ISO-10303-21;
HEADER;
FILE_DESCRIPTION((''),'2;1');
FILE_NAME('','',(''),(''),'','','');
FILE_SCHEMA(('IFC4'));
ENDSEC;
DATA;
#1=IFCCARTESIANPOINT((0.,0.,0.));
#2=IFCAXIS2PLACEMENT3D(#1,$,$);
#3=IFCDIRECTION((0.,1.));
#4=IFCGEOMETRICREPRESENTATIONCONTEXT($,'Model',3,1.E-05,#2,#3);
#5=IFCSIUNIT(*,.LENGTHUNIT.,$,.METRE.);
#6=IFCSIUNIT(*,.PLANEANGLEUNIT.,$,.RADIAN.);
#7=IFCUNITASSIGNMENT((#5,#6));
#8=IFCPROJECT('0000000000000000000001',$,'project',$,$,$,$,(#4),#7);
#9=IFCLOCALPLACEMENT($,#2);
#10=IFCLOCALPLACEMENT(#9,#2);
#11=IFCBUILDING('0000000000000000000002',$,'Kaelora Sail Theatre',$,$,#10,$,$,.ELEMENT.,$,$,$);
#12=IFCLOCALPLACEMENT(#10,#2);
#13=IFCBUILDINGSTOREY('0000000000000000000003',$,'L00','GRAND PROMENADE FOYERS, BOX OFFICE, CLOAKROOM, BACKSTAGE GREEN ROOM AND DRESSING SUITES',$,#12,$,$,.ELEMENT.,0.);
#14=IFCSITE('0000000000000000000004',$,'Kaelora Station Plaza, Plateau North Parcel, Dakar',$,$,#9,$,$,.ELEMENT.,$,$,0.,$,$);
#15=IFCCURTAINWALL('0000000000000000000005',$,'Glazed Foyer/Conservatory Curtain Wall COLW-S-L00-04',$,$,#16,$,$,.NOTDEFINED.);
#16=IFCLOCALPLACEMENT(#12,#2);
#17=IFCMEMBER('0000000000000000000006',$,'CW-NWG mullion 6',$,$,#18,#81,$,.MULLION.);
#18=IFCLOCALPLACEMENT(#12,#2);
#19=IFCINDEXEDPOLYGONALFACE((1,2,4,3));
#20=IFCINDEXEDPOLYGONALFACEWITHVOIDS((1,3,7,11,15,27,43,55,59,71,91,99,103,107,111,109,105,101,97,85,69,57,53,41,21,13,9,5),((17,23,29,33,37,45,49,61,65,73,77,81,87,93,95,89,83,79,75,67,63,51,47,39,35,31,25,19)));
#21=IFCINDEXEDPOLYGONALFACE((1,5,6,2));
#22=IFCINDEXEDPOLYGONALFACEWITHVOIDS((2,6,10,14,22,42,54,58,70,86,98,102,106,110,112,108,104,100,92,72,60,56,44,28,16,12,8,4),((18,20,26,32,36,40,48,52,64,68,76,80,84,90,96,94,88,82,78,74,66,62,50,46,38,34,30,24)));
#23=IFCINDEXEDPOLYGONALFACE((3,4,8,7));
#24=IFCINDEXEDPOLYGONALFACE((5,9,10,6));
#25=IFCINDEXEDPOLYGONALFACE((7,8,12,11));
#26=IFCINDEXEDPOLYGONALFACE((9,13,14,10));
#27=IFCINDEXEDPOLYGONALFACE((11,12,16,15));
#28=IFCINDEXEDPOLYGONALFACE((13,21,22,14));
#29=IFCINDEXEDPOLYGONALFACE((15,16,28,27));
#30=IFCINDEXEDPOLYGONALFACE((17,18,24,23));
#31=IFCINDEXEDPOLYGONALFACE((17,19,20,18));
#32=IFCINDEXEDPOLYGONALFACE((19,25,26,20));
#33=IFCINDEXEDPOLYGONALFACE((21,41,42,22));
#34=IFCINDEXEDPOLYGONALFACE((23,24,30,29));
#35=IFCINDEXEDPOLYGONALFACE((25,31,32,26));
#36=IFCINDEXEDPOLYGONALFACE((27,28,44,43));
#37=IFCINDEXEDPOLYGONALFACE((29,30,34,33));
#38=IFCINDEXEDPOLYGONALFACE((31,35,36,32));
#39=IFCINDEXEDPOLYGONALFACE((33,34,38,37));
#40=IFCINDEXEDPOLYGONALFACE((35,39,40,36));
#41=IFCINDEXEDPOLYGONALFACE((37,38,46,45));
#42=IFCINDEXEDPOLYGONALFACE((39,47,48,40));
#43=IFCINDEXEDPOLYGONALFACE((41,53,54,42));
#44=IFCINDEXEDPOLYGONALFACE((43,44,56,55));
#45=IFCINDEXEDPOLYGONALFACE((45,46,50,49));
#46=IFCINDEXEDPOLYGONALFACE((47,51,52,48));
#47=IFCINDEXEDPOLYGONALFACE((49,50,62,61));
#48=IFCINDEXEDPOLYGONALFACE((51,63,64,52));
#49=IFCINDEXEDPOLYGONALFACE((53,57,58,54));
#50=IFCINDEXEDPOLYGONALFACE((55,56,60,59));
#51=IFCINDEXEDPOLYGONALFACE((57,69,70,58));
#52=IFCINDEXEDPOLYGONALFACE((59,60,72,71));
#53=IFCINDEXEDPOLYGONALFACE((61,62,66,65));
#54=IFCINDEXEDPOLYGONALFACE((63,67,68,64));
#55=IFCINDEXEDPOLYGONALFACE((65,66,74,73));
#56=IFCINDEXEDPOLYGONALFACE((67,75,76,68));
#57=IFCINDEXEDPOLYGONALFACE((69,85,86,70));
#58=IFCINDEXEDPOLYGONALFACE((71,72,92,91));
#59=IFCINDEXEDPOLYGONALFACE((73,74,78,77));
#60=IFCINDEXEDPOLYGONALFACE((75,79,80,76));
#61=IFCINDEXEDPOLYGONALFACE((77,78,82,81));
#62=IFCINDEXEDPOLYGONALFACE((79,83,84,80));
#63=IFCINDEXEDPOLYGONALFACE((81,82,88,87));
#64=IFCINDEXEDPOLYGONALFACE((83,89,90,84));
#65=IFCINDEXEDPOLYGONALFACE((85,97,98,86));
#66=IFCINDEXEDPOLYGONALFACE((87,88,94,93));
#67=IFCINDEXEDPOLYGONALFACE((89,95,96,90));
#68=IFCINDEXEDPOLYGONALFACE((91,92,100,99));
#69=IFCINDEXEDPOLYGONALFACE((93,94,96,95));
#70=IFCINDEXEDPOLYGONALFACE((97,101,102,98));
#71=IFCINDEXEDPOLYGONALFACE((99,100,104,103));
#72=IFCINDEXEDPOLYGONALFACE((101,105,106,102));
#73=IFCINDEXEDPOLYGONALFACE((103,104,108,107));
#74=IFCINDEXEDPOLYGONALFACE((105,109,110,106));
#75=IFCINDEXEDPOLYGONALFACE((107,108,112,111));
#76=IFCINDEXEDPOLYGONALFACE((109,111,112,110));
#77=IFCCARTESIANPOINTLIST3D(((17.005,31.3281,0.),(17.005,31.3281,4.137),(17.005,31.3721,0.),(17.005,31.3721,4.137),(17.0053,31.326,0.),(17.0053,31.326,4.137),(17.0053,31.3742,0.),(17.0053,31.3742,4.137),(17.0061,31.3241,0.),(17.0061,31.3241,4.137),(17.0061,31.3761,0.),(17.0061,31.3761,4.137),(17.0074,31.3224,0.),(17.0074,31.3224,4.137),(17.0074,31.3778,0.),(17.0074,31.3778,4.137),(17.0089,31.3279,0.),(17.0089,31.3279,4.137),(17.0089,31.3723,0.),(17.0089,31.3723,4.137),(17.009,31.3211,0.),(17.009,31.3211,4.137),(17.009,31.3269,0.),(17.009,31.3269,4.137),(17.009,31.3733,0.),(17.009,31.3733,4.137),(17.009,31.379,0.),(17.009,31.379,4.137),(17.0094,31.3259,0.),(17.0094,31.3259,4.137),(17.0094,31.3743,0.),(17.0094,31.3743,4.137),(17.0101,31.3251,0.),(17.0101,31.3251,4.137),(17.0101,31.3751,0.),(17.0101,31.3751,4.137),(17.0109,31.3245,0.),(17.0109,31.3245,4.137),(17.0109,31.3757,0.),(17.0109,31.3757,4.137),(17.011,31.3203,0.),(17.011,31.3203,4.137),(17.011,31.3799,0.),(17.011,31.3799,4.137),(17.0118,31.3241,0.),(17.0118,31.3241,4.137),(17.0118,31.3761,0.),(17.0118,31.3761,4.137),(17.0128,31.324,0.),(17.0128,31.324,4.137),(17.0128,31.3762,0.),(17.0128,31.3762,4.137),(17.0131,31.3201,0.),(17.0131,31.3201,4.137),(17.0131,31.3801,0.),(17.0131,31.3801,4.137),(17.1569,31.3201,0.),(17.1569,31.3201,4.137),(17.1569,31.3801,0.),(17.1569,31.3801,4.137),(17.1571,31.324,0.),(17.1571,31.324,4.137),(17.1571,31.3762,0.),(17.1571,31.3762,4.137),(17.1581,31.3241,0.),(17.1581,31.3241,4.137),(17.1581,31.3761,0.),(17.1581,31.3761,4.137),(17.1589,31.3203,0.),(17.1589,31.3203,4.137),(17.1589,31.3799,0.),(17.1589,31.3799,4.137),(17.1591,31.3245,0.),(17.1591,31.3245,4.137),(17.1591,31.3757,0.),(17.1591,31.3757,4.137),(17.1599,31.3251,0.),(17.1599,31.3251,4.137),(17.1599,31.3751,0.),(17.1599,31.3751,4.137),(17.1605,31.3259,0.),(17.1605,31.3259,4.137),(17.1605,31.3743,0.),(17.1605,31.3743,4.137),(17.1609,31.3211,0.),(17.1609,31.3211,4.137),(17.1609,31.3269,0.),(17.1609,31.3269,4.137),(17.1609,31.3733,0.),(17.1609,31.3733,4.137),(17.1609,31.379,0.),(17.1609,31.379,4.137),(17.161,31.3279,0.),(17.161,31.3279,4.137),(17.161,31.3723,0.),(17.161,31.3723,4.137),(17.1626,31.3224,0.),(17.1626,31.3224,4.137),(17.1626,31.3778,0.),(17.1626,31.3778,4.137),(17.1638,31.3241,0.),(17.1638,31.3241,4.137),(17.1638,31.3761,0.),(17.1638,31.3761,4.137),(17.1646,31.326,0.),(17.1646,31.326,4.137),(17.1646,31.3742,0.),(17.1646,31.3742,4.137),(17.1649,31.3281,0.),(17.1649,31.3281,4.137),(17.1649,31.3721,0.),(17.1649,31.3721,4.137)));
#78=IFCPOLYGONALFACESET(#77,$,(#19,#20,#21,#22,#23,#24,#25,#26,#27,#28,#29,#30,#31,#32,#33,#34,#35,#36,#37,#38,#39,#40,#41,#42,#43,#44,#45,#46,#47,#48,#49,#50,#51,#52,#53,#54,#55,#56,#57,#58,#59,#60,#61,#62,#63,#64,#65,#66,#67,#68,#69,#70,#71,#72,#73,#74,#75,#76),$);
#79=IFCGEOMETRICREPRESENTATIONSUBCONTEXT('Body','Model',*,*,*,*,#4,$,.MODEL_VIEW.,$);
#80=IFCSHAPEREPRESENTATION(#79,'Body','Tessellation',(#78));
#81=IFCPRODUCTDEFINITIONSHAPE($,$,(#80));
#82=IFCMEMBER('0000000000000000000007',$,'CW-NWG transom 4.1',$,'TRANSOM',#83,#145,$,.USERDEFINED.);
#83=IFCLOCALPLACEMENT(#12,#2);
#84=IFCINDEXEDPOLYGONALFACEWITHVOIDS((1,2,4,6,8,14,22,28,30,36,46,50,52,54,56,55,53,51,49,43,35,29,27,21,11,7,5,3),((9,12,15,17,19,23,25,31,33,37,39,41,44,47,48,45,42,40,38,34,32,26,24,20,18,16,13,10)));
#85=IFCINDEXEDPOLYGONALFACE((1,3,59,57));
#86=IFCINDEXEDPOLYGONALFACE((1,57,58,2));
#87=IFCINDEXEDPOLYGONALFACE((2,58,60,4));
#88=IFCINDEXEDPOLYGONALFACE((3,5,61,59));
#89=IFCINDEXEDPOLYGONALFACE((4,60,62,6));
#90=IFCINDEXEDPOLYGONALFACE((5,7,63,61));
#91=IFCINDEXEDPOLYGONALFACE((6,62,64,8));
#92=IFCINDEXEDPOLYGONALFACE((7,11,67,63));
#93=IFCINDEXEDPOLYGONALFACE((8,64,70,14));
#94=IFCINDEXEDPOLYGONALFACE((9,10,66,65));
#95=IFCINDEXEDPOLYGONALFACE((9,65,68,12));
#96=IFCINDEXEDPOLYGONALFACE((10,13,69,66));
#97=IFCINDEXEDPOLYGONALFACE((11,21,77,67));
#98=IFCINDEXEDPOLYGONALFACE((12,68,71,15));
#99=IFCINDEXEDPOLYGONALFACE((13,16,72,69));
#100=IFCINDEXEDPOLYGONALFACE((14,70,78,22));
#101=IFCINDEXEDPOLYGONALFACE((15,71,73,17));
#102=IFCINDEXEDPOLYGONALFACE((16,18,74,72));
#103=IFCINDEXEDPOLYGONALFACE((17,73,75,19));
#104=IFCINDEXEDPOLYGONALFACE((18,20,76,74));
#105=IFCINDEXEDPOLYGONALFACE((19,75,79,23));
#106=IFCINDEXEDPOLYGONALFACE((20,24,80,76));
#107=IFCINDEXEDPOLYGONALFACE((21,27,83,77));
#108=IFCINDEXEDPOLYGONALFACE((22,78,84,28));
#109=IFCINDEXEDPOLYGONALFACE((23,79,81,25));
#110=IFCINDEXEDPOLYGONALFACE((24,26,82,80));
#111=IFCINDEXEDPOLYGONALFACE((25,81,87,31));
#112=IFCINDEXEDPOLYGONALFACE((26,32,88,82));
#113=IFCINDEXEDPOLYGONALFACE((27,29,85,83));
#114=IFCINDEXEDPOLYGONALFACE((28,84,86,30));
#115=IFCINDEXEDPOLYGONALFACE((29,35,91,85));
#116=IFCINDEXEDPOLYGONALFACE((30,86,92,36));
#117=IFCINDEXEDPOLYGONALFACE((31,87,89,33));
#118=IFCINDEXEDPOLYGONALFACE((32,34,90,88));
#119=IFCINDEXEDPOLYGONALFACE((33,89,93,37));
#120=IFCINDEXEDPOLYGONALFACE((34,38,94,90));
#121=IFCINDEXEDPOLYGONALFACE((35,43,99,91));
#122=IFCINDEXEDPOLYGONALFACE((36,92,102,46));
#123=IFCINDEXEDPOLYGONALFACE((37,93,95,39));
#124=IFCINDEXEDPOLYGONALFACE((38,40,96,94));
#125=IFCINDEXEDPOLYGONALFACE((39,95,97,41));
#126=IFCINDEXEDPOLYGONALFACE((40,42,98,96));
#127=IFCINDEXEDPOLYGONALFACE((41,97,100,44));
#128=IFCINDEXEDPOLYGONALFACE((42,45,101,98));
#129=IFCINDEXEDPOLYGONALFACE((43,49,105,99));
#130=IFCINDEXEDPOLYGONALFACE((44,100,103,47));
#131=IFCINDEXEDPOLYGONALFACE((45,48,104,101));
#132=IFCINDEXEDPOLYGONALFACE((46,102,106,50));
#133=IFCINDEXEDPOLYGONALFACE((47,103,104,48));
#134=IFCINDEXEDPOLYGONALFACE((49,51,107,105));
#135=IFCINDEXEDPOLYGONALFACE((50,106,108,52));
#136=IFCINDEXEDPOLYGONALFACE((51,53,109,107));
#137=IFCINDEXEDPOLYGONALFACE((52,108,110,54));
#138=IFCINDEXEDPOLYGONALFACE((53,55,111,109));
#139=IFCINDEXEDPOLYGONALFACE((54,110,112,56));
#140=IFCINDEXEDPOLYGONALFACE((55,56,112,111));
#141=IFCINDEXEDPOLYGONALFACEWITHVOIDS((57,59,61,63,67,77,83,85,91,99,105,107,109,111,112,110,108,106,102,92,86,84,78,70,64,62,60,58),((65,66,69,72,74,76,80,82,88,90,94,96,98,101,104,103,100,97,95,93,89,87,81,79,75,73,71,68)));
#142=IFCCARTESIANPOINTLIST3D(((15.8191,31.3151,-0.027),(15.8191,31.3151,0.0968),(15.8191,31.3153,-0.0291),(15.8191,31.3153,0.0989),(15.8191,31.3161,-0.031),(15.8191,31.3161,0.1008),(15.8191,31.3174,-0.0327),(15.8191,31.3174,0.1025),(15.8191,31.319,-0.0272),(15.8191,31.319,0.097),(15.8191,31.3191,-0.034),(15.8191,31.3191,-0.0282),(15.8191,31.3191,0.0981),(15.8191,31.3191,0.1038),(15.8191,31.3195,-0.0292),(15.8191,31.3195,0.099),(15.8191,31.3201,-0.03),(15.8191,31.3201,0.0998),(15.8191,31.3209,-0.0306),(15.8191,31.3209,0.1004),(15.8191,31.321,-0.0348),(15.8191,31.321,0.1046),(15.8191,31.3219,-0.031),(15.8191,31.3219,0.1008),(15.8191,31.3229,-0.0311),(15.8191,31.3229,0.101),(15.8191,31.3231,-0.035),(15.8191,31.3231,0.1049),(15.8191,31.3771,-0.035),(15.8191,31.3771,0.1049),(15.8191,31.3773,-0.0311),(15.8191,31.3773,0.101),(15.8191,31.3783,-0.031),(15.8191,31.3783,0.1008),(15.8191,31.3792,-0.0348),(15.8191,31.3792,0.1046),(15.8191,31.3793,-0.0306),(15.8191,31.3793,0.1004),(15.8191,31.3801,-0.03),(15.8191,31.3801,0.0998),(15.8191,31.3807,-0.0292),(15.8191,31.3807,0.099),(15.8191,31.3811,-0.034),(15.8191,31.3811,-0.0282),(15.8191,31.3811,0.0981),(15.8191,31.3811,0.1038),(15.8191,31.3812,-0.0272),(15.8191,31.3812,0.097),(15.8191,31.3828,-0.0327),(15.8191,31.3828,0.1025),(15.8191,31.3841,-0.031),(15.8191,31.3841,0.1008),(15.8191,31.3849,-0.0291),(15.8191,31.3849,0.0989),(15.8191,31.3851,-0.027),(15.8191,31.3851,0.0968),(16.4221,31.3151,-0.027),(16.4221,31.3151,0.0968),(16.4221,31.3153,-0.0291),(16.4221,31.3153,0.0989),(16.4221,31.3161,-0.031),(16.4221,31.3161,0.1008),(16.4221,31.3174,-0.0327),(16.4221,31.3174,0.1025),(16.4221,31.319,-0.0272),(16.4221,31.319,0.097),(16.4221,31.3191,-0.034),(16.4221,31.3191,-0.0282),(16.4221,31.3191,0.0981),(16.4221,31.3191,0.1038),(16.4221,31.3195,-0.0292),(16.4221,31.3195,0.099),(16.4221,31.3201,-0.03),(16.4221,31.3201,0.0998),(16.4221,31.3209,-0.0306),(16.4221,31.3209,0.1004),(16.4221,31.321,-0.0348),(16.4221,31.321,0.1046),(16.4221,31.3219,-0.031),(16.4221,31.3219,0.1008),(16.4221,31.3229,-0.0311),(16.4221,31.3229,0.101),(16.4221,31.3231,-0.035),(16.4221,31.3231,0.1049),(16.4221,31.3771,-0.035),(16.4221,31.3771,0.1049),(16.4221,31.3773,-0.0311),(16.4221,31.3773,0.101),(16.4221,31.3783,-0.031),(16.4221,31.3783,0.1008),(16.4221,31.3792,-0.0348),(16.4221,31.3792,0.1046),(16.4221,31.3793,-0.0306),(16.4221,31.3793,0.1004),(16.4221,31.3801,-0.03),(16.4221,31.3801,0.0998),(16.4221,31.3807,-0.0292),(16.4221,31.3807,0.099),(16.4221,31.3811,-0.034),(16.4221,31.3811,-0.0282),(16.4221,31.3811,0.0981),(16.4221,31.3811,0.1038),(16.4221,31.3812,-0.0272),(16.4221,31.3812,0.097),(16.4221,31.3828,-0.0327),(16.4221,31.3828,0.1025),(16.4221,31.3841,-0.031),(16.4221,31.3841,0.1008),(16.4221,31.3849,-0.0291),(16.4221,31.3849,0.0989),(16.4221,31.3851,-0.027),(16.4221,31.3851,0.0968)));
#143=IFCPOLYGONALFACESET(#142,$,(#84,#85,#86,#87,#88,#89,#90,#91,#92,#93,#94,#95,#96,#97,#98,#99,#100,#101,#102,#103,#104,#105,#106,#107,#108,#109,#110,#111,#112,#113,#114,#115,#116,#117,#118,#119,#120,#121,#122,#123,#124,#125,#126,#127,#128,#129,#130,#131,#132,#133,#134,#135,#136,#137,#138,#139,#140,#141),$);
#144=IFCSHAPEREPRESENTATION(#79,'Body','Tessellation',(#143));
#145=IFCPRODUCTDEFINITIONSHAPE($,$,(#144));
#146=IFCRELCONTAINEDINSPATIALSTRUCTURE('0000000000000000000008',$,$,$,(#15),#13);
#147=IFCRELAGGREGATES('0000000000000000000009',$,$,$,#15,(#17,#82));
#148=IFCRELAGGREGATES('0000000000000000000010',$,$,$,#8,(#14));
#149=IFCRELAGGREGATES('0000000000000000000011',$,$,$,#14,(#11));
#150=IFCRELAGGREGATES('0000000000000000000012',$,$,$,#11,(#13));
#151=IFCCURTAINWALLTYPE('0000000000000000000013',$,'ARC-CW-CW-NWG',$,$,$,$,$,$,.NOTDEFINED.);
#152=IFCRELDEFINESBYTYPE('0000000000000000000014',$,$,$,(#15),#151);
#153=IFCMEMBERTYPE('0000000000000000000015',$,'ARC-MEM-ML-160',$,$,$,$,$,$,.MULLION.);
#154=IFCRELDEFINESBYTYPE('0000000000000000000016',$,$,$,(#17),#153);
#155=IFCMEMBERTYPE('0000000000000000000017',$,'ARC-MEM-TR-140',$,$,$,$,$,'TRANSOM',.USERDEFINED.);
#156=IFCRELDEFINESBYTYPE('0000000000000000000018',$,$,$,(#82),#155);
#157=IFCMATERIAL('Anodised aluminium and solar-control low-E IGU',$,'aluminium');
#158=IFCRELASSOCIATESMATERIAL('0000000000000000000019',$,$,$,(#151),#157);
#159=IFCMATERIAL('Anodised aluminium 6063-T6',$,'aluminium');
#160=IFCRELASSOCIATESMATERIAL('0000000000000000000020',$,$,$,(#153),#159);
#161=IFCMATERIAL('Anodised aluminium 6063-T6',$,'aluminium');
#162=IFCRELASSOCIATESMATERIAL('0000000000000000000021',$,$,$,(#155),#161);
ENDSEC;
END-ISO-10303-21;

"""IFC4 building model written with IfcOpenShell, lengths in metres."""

from ifc_helpers import new_model, si_unit, direction, frame, origin, origin_2d, place, context, subcontext, project, spatial, hollow_rectangle, extrude, material, material_profile, profile_set, type_object, element, aggregate, save


model = new_model("IFC4")

# Units and contexts
model_context = context("Model", 3, precision=1e-05, world=origin(), true_north=direction((0.0, 1.0)))
body_context = subcontext(model_context, "Body", "Model", "MODEL_VIEW")
ifc_project = project(units=[si_unit("LENGTHUNIT", "METRE"), si_unit("PLANEANGLEUNIT", "RADIAN")], contexts=[model_context])

# Site, building, storey
site_placement = place(None, origin())
site = spatial("IfcSite", under=ifc_project, at=site_placement, Name="Kaelora Station Plaza, Plateau North Parcel, Dakar", CompositionType="ELEMENT", RefElevation=0.0)
building_placement = place(site_placement, origin())
building = spatial("IfcBuilding", under=site, at=building_placement, Name="Kaelora Sail Theatre", CompositionType="ELEMENT")
storey_placement = place(building_placement, origin())
storey = spatial("IfcBuildingStorey", under=building, at=storey_placement, Name="L00", Description="GRAND PROMENADE FOYERS, BOX OFFICE, CLOAKROOM, BACKSTAGE GREEN ROOM AND DRESSING SUITES", CompositionType="ELEMENT", Elevation=0.0)

# Curtain wall, members
ifc_material_1 = material(Name="Anodised aluminium and solar-control low-E IGU", Category="aluminium")
curtain_wall_type = type_object("IfcCurtainWallType", Name="ARC-CW-CW-NWG", PredefinedType="NOTDEFINED", material=ifc_material_1)
curtain_wall_placement = place(storey_placement, origin())
curtain_wall = element("IfcCurtainWall", 1, at=curtain_wall_placement, inside=storey, type_object=curtain_wall_type, Name="Glazed Foyer/Conservatory Curtain Wall COLW-S-L00-04", PredefinedType="NOTDEFINED")
ifc_material_2 = material(Name="Anodised aluminium 6063-T6", Category="aluminium")
ifc_material_profile_1 = material_profile(ifc_material_2, hollow_rectangle(XDim=0.0601, YDim=0.1599, WallThickness=0.0039, InnerFilletRadius=0.0039, OuterFilletRadius=0.0081, at=origin_2d()), Name="ALU-MULL 60x160x4")
ifc_profile_set_1 = profile_set([ifc_material_profile_1], Name="Anodised aluminium 6063-T6")
member_type_1 = type_object("IfcMemberType", Name="ARC-MEM-ML-160", PredefinedType="MULLION", material=ifc_profile_set_1)
member_1_placement = place(storey_placement, frame((17.085, 31.3501, 0.0), z_axis=(0.0, 0.0, 1.0), x_axis=(0.0, 1.0, 0.0)))
member_1 = element("IfcMember", 2, at=member_1_placement, type_object=member_type_1, Name="CW-NWG mullion 6", PredefinedType="MULLION", context=body_context, shape_type="SweptSolid", body=[
    extrude(hollow_rectangle(XDim=0.0601, YDim=0.1599, WallThickness=0.0039, InnerFilletRadius=0.0039, OuterFilletRadius=0.0081, at=origin_2d()), origin(), (0.0, 0.0, 1.0), 4.137),
])
ifc_material_3 = material(Name="Anodised aluminium 6063-T6", Category="aluminium")
ifc_material_profile_2 = material_profile(ifc_material_3, hollow_rectangle(XDim=0.0701, YDim=0.1399, WallThickness=0.0039, InnerFilletRadius=0.0039, OuterFilletRadius=0.0081, at=origin_2d()), Name="ALU-TRAN 70x140x4")
ifc_profile_set_2 = profile_set([ifc_material_profile_2], Name="Anodised aluminium 6063-T6")
member_type_2 = type_object("IfcMemberType", Name="ARC-MEM-TR-140", ElementType="TRANSOM", PredefinedType="USERDEFINED", material=ifc_profile_set_2)
member_2_placement = place(storey_placement, frame((15.8191, 31.3501, 0.0349), z_axis=(1.0, 0.0, 0.0), x_axis=(0.0, 1.0, 0.0)))
member_2 = element("IfcMember", 3, at=member_2_placement, type_object=member_type_2, Name="CW-NWG transom 4.1", ObjectType="TRANSOM", PredefinedType="USERDEFINED", context=body_context, shape_type="SweptSolid", body=[
    extrude(hollow_rectangle(XDim=0.0701, YDim=0.1399, WallThickness=0.0039, InnerFilletRadius=0.0039, OuterFilletRadius=0.0081, at=origin_2d()), origin(), (0.0, 0.0, 1.0), 0.603),
])
aggregate(curtain_wall, [member_1, member_2])

save(model, "model.ifc")
